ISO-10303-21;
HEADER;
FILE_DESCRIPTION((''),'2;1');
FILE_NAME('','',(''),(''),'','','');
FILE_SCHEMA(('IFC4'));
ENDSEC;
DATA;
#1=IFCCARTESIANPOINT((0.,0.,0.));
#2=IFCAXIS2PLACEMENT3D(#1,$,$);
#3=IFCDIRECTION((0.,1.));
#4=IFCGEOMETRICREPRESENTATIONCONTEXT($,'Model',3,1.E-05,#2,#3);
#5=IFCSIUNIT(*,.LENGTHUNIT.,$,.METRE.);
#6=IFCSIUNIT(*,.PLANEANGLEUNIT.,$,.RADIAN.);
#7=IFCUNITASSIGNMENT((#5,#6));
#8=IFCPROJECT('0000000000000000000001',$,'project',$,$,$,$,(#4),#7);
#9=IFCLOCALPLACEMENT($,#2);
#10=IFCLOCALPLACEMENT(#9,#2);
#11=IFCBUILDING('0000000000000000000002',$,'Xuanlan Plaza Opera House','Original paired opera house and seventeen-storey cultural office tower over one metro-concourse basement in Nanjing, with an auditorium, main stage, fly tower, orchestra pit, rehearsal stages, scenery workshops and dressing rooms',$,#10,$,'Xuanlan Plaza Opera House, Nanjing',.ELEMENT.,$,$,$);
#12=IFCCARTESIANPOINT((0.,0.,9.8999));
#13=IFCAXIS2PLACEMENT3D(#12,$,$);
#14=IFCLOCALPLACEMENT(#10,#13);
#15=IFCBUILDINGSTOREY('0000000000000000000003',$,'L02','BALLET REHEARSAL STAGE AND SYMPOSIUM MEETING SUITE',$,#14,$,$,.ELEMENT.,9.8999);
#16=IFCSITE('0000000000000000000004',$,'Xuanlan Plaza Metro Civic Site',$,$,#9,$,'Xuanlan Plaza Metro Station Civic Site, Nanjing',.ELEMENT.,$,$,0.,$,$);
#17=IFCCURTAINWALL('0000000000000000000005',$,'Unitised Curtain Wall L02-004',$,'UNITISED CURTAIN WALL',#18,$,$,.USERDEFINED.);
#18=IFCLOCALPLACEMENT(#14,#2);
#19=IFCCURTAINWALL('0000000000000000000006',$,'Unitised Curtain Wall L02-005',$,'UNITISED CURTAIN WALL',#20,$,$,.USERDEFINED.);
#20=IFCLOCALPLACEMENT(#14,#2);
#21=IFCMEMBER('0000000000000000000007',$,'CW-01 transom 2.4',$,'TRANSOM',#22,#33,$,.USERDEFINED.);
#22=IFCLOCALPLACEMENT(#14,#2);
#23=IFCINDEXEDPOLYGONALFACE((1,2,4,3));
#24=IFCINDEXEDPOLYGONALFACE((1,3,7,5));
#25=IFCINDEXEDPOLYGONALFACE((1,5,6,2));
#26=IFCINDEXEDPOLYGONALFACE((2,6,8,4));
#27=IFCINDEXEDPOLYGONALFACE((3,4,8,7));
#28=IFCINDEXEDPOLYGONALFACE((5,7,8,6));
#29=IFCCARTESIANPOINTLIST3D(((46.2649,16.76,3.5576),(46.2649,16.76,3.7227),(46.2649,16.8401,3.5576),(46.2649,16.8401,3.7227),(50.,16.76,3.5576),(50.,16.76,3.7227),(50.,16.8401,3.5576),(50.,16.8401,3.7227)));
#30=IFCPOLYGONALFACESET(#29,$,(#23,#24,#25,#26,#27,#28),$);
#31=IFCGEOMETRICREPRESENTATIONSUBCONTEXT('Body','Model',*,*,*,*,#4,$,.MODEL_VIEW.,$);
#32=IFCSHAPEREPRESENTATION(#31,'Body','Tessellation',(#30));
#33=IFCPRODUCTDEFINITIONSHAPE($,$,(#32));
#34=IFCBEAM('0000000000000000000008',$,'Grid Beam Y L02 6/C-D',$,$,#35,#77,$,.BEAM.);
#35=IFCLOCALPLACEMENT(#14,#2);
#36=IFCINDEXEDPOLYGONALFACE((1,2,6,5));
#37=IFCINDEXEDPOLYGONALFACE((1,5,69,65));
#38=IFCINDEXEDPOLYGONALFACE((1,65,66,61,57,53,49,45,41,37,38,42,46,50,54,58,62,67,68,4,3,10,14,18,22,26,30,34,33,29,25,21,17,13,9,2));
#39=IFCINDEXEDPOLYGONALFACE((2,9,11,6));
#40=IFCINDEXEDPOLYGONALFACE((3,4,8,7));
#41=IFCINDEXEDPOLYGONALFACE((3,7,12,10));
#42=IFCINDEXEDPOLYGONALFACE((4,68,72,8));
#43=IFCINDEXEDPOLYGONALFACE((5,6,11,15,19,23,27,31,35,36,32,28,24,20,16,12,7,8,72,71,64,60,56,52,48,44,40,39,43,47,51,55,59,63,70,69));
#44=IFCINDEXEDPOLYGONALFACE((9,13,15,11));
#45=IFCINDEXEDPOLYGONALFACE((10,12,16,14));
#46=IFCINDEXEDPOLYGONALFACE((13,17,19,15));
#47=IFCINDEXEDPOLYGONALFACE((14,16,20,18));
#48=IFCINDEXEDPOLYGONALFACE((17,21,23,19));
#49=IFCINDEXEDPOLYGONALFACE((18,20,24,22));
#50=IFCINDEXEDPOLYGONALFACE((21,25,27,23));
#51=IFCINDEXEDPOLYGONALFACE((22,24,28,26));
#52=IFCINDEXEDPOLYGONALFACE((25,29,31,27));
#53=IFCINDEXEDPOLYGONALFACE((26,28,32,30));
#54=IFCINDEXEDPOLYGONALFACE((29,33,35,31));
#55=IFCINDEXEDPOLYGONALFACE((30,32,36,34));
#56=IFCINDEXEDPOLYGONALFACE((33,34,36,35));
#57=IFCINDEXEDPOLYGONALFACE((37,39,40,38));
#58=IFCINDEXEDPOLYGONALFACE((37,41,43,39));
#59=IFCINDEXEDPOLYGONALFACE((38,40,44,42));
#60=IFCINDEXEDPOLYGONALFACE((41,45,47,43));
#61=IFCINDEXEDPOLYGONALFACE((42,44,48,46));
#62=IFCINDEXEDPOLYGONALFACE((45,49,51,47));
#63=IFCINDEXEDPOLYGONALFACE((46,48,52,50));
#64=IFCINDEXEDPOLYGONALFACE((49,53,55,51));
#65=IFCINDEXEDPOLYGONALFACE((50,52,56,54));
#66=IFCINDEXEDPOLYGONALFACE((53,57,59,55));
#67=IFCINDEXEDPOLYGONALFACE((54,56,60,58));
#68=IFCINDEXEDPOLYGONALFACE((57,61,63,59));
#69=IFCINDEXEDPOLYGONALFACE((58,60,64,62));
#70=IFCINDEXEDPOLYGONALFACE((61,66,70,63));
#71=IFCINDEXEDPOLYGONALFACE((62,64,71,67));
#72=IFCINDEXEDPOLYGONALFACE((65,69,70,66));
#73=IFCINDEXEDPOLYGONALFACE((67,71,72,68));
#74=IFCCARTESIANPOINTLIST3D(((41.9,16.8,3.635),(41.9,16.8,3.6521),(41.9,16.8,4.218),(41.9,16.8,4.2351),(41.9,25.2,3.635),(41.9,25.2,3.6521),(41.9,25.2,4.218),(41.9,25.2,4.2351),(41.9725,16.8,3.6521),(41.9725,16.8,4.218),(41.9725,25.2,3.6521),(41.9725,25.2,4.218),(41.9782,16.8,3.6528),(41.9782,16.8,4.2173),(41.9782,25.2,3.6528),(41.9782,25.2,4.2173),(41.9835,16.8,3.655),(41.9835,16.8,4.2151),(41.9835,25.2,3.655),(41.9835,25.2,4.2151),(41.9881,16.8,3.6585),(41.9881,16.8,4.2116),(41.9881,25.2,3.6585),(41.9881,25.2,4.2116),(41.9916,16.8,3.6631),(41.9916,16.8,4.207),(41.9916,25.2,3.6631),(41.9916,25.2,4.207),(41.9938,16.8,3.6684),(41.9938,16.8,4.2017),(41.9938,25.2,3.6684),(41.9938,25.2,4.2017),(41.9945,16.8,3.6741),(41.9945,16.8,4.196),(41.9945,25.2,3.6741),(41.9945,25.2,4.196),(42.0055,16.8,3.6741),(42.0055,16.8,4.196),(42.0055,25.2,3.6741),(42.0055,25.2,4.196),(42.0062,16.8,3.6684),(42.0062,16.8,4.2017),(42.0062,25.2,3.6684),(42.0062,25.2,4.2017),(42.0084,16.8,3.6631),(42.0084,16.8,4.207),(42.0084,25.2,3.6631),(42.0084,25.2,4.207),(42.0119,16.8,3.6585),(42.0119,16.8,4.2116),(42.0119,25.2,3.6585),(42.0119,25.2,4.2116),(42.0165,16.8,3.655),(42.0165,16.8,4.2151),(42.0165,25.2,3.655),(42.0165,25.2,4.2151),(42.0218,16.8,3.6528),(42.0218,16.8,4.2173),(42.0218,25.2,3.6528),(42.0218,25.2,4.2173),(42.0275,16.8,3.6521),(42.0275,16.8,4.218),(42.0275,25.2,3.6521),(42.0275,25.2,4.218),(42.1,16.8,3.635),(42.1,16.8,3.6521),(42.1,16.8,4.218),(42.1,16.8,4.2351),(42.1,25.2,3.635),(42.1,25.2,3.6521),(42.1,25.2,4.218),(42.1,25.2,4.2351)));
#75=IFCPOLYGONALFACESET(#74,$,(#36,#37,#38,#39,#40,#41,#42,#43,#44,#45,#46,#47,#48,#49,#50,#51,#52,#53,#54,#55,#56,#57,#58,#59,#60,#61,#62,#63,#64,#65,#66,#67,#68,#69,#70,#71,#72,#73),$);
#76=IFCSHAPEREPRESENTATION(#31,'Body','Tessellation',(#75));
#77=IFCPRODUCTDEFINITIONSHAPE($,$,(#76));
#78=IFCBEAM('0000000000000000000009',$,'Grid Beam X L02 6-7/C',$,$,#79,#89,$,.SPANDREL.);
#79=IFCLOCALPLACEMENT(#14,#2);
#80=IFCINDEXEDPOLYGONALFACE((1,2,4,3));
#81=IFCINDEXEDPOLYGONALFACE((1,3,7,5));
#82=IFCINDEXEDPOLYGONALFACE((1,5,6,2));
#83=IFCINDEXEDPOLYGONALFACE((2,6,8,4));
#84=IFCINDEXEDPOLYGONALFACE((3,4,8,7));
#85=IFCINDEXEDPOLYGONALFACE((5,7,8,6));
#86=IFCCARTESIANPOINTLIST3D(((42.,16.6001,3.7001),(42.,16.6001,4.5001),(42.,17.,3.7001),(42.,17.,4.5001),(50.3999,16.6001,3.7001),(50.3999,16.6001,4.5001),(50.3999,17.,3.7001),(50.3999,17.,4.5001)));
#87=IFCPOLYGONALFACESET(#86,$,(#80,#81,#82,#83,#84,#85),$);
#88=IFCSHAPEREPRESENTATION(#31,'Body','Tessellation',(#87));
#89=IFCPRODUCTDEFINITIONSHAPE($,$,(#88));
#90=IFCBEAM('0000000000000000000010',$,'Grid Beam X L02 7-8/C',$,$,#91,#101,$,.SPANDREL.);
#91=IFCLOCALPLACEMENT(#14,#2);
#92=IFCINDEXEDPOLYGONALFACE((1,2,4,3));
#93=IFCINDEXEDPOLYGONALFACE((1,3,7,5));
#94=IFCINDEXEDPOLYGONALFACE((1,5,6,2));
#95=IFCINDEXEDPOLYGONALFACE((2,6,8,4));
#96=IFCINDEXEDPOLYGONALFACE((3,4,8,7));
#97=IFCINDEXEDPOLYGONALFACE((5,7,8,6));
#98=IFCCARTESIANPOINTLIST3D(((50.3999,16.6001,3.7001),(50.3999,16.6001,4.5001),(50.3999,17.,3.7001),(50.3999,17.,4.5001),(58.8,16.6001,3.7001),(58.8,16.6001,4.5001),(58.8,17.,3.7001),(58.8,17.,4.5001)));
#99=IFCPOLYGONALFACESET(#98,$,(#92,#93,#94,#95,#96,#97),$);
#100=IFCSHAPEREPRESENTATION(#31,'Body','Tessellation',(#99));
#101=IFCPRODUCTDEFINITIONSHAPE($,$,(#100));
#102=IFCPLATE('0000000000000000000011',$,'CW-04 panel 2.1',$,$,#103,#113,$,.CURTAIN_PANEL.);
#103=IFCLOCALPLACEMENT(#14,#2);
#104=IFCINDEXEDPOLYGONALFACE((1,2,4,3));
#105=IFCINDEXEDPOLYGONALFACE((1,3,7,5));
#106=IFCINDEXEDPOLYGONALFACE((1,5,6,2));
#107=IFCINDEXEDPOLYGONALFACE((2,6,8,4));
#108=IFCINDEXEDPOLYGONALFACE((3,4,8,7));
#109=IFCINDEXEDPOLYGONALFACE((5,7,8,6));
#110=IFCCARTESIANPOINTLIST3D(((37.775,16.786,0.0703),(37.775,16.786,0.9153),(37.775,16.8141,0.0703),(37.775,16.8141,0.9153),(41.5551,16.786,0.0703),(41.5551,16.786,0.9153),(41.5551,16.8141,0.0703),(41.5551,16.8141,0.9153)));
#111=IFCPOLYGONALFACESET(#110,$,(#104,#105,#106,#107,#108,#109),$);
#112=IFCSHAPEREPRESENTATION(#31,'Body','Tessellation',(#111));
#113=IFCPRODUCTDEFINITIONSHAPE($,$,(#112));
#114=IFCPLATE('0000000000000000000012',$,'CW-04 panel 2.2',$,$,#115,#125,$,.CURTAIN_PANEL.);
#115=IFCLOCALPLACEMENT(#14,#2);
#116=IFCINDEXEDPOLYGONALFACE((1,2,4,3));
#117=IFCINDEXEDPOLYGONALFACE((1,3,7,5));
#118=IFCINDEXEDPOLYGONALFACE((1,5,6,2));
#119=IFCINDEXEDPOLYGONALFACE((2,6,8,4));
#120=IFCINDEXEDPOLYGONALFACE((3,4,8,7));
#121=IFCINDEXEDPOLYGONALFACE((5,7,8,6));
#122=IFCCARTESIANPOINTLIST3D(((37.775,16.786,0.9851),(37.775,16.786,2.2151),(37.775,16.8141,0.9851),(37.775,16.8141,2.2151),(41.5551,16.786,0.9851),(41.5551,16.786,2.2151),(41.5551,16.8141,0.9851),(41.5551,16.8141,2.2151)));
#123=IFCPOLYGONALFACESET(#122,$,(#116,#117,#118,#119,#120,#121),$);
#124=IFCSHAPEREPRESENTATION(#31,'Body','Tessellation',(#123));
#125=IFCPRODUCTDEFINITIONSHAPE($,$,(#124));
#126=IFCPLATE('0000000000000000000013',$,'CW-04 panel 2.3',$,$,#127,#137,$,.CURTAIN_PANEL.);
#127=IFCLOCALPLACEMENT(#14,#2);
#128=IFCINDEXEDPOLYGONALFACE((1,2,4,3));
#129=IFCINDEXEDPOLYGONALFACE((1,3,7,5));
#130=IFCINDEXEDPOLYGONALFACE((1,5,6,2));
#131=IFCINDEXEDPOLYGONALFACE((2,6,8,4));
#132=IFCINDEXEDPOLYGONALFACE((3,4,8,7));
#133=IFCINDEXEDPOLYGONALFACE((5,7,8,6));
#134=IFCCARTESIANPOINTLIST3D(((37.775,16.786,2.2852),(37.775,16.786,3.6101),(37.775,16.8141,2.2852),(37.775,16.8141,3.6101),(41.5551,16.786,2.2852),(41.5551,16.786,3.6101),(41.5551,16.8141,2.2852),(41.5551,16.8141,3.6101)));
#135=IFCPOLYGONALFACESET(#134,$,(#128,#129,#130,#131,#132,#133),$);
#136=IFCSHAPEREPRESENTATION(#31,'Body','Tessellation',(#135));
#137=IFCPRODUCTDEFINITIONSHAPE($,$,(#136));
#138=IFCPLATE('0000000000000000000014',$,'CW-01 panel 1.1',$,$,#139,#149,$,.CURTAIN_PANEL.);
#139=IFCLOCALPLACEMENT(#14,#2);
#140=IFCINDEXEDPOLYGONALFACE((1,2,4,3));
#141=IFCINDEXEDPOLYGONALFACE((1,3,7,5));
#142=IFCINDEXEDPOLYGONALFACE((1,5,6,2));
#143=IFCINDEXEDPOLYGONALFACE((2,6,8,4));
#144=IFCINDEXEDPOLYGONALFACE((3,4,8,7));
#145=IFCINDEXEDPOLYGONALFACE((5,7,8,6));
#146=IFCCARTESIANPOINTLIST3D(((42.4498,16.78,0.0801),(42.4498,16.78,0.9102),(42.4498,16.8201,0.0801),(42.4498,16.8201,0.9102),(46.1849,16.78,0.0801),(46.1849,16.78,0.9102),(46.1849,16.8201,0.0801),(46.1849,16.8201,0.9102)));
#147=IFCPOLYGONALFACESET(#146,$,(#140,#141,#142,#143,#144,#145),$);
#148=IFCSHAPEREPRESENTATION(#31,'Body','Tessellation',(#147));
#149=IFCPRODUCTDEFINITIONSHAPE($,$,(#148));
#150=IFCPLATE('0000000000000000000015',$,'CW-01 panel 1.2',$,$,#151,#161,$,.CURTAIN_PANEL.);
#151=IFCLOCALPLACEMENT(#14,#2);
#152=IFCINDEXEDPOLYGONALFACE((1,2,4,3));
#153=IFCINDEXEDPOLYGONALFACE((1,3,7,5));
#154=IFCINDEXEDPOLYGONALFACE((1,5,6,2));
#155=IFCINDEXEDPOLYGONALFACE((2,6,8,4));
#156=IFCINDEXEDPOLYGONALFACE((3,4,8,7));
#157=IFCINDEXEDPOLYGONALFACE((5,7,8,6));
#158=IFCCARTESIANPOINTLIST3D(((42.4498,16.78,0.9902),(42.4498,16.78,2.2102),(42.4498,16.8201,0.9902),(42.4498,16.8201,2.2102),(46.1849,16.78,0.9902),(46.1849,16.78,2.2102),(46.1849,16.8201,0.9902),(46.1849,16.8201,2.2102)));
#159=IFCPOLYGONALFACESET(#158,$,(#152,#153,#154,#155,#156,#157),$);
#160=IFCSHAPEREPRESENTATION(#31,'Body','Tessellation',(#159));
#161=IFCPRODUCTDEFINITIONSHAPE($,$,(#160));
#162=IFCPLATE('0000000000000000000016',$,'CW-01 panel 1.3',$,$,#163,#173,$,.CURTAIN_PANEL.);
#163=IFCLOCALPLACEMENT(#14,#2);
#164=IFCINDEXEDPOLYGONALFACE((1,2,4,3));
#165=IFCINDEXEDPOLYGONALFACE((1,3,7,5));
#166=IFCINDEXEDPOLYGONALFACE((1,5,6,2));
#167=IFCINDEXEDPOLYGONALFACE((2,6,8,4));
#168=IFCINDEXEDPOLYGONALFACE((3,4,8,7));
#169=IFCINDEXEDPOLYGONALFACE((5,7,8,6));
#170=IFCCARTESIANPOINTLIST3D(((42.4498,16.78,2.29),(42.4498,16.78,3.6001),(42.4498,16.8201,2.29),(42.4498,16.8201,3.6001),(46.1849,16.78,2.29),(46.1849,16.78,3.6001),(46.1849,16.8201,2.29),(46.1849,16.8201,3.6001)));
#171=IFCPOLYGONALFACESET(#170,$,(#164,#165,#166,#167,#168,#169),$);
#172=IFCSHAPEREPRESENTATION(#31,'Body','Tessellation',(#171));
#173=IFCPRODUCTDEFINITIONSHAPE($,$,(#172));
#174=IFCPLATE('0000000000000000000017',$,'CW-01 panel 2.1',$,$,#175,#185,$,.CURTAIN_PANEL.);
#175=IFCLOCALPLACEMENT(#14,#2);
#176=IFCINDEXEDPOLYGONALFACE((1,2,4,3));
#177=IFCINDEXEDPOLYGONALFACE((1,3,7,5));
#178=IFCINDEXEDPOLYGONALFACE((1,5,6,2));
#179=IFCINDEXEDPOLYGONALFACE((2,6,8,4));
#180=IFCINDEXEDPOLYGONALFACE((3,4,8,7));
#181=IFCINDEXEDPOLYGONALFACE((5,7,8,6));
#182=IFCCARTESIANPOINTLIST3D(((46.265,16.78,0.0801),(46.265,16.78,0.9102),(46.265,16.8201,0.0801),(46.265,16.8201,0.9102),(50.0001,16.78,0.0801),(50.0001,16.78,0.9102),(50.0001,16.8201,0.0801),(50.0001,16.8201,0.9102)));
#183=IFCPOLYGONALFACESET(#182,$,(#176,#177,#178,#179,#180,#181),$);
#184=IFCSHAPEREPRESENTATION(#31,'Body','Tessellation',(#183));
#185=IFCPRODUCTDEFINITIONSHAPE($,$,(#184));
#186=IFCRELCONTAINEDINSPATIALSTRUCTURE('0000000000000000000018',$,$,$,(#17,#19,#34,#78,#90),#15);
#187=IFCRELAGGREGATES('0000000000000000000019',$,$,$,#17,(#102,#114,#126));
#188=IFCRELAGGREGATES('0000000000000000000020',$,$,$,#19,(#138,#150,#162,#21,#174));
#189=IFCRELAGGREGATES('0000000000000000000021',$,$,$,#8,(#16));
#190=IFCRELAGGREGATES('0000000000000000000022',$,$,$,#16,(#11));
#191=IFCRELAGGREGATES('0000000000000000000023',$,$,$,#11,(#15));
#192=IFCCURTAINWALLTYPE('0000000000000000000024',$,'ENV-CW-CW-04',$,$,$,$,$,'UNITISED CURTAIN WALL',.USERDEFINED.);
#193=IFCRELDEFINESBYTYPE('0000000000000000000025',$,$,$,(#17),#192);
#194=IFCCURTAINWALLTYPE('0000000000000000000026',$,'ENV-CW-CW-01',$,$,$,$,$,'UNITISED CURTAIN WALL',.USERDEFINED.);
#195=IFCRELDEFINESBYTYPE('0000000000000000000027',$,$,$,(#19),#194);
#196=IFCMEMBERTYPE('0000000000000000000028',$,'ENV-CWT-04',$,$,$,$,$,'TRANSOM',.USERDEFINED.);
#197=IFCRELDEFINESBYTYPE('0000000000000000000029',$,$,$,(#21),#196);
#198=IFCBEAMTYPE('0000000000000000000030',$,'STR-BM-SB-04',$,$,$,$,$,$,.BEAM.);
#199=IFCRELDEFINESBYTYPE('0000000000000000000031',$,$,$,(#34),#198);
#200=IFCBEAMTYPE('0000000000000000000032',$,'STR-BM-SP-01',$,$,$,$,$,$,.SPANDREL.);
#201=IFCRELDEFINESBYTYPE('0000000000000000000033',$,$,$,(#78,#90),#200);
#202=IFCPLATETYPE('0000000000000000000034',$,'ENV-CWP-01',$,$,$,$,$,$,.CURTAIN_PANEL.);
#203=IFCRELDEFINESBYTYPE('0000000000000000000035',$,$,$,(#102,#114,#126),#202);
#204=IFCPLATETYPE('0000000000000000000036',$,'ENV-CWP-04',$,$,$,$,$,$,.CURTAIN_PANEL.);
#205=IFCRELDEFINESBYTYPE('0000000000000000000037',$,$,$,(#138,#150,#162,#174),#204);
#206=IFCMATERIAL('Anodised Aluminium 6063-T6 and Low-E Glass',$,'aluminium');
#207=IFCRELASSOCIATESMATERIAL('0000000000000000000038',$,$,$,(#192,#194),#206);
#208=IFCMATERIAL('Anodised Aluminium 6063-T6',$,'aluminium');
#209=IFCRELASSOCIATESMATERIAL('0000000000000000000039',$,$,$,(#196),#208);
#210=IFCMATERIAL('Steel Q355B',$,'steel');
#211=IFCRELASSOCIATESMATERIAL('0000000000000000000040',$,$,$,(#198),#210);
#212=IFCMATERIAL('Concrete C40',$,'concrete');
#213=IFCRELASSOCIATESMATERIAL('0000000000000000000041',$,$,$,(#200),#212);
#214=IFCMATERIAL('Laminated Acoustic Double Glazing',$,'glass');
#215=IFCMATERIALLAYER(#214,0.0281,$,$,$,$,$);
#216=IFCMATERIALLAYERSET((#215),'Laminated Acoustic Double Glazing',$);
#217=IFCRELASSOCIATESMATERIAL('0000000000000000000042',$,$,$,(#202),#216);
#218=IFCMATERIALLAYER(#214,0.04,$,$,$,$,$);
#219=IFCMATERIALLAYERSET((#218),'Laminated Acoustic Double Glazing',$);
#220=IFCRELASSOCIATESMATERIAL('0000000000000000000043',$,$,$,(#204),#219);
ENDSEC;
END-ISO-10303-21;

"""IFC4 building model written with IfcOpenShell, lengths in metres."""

from ifc_helpers import new_model, si_unit, direction, frame, origin, origin_2d, place, context, subcontext, project, spatial, rectangle, i_section, extrude, material, layer, layer_set, material_profile, profile_set, type_object, element, aggregate, save


model = new_model("IFC4")

# Units and contexts
model_context = context("Model", 3, precision=1e-05, world=origin(), true_north=direction((0.0, 1.0)))
body_context = subcontext(model_context, "Body", "Model", "MODEL_VIEW")
ifc_project = project(units=[si_unit("LENGTHUNIT", "METRE"), si_unit("PLANEANGLEUNIT", "RADIAN")], contexts=[model_context])

# Site, building, storey
site_placement = place(None, origin())
site = spatial("IfcSite", under=ifc_project, at=site_placement, Name="Xuanlan Plaza Metro Civic Site", LongName="Xuanlan Plaza Metro Station Civic Site, Nanjing", CompositionType="ELEMENT", RefElevation=0.0)
building_placement = place(site_placement, origin())
building = spatial("IfcBuilding", under=site, at=building_placement, Name="Xuanlan Plaza Opera House", Description="Original paired opera house and seventeen-storey cultural office tower over one metro-concourse basement in Nanjing, with an auditorium, main stage, fly tower, orchestra pit, rehearsal stages, scenery workshops and dressing rooms", LongName="Xuanlan Plaza Opera House, Nanjing", CompositionType="ELEMENT")
storey_placement = place(building_placement, frame((0.0, 0.0, 9.8999)))
storey = spatial("IfcBuildingStorey", under=building, at=storey_placement, Name="L02", Description="BALLET REHEARSAL STAGE AND SYMPOSIUM MEETING SUITE", CompositionType="ELEMENT", Elevation=9.8999)

# Shared definitions
ifc_material_1 = material(Name="Concrete C40", Category="concrete")

# Curtain wall
ifc_material_2 = material(Name="Anodised Aluminium 6063-T6 and Low-E Glass", Category="aluminium")
curtain_wall_type_1 = type_object("IfcCurtainWallType", Name="ENV-CW-CW-04", ElementType="UNITISED CURTAIN WALL", PredefinedType="USERDEFINED", material=ifc_material_2)
curtain_wall_1_placement = place(storey_placement, origin())
curtain_wall_1 = element("IfcCurtainWall", 1, at=curtain_wall_1_placement, inside=storey, type_object=curtain_wall_type_1, Name="Unitised Curtain Wall L02-004", ObjectType="UNITISED CURTAIN WALL", PredefinedType="USERDEFINED")
ifc_material_3 = material(Name="Anodised Aluminium 6063-T6", Category="aluminium")

# Curtain wall
curtain_wall_type_2 = type_object("IfcCurtainWallType", Name="ENV-CW-CW-01", ElementType="UNITISED CURTAIN WALL", PredefinedType="USERDEFINED", material=ifc_material_2)
curtain_wall_2_placement = place(storey_placement, origin())
curtain_wall_2 = element("IfcCurtainWall", 2, at=curtain_wall_2_placement, inside=storey, type_object=curtain_wall_type_2, Name="Unitised Curtain Wall L02-005", ObjectType="UNITISED CURTAIN WALL", PredefinedType="USERDEFINED")

# Member
ifc_material_profile_1 = material_profile(ifc_material_3, rectangle(XDim=0.0801, YDim=0.165, at=origin_2d()), Name="ALU-T 80x165")
ifc_profile_set_1 = profile_set([ifc_material_profile_1], Name="Anodised Aluminium 6063-T6")
member_type_1 = type_object("IfcMemberType", Name="ENV-CWT-04", ElementType="TRANSOM", PredefinedType="USERDEFINED", material=ifc_profile_set_1)
member_1_placement = place(storey_placement, frame((46.2649, 16.8, 3.6401), z_axis=(1.0, 0.0, 0.0), x_axis=(0.0, 1.0, 0.0)))
member_1 = element("IfcMember", 3, at=member_1_placement, type_object=member_type_1, Name="CW-01 transom 2.4", ObjectType="TRANSOM", PredefinedType="USERDEFINED", context=body_context, shape_type="SweptSolid", body=[
    extrude(rectangle(XDim=0.0801, YDim=0.165, at=origin_2d()), origin(), (0.0, 0.0, 1.0), 3.7351),
])

# Beams
ifc_material_4 = material(Name="Steel Q355B", Category="steel")
ifc_material_profile_2 = material_profile(ifc_material_4, i_section(OverallWidth=0.2, OverallDepth=0.6001, WebThickness=0.011, FlangeThickness=0.0171, FilletRadius=0.022, at=origin_2d()), Name="HN 600x200x11x17")
ifc_profile_set_2 = profile_set([ifc_material_profile_2], Name="Steel Q355B")
beam_type_1 = type_object("IfcBeamType", Name="STR-BM-SB-04", PredefinedType="BEAM", material=ifc_profile_set_2)
beam_1_placement = place(storey_placement, frame((42.0, 16.8, 3.9351), z_axis=(0.0, 1.0, 0.0), x_axis=(-1.0, 0.0, 0.0)))
element("IfcBeam", 4, at=beam_1_placement, inside=storey, type_object=beam_type_1, Name="Grid Beam Y L02 6/C-D", PredefinedType="BEAM", context=body_context, shape_type="SweptSolid", body=[
    extrude(i_section(OverallWidth=0.2, OverallDepth=0.6001, WebThickness=0.011, FlangeThickness=0.0171, FilletRadius=0.022, at=origin_2d()), origin(), (0.0, 0.0, 1.0), 8.3999),
])
ifc_material_profile_3 = material_profile(ifc_material_1, rectangle(XDim=0.3999, YDim=0.8, at=origin_2d()), Name="RC-SPD 400x800")
ifc_profile_set_3 = profile_set([ifc_material_profile_3], Name="Concrete C40")
beam_type_2 = type_object("IfcBeamType", Name="STR-BM-SP-01", PredefinedType="SPANDREL", material=ifc_profile_set_3)
beam_2_placement = place(storey_placement, frame((42.0, 16.8, 4.1001), z_axis=(1.0, 0.0, 0.0), x_axis=(0.0, 1.0, 0.0)))
element("IfcBeam", 5, at=beam_2_placement, inside=storey, type_object=beam_type_2, Name="Grid Beam X L02 6-7/C", PredefinedType="SPANDREL", context=body_context, shape_type="SweptSolid", body=[
    extrude(rectangle(XDim=0.3999, YDim=0.8, at=origin_2d()), origin(), (0.0, 0.0, 1.0), 8.3999),
])
beam_3_placement = place(storey_placement, frame((50.3999, 16.8, 4.1001), z_axis=(1.0, 0.0, 0.0), x_axis=(0.0, 1.0, 0.0)))
element("IfcBeam", 6, at=beam_3_placement, inside=storey, type_object=beam_type_2, Name="Grid Beam X L02 7-8/C", PredefinedType="SPANDREL", context=body_context, shape_type="SweptSolid", body=[
    extrude(rectangle(XDim=0.3999, YDim=0.8, at=origin_2d()), origin(), (0.0, 0.0, 1.0), 8.4001),
])

# Plates
ifc_material_5 = material(Name="Laminated Acoustic Double Glazing", Category="glass")
ifc_layer_1 = layer(ifc_material_5, 0.0281)
ifc_layer_set_1 = layer_set([ifc_layer_1], Name="Laminated Acoustic Double Glazing")
plate_type_1 = type_object("IfcPlateType", Name="ENV-CWP-01", PredefinedType="CURTAIN_PANEL", material=ifc_layer_set_1)
plate_1_placement = place(storey_placement, frame((39.665, 16.8, 0.0703), z_axis=(0.0, 0.0, 1.0), x_axis=(1.0, 0.0, 0.0)))
plate_1 = element("IfcPlate", 7, at=plate_1_placement, type_object=plate_type_1, Name="CW-04 panel 2.1", PredefinedType="CURTAIN_PANEL", context=body_context, shape_type="SweptSolid", body=[
    extrude(rectangle(XDim=3.78, YDim=0.0281, at=origin_2d()), origin(), (0.0, 0.0, 1.0), 0.845),
])
plate_2_placement = place(storey_placement, frame((39.665, 16.8, 0.9851), z_axis=(0.0, 0.0, 1.0), x_axis=(1.0, 0.0, 0.0)))
plate_2 = element("IfcPlate", 8, at=plate_2_placement, type_object=plate_type_1, Name="CW-04 panel 2.2", PredefinedType="CURTAIN_PANEL", context=body_context, shape_type="SweptSolid", body=[
    extrude(rectangle(XDim=3.78, YDim=0.0281, at=origin_2d()), origin(), (0.0, 0.0, 1.0), 1.23),
])
plate_3_placement = place(storey_placement, frame((39.665, 16.8, 2.2852), z_axis=(0.0, 0.0, 1.0), x_axis=(1.0, 0.0, 0.0)))
plate_3 = element("IfcPlate", 9, at=plate_3_placement, type_object=plate_type_1, Name="CW-04 panel 2.3", PredefinedType="CURTAIN_PANEL", context=body_context, shape_type="SweptSolid", body=[
    extrude(rectangle(XDim=3.78, YDim=0.0281, at=origin_2d()), origin(), (0.0, 0.0, 1.0), 1.325),
])
aggregate(curtain_wall_1, [plate_1, plate_2, plate_3])
ifc_layer_2 = layer(ifc_material_5, 0.04)
ifc_layer_set_2 = layer_set([ifc_layer_2], Name="Laminated Acoustic Double Glazing")
plate_type_2 = type_object("IfcPlateType", Name="ENV-CWP-04", PredefinedType="CURTAIN_PANEL", material=ifc_layer_set_2)
plate_4_placement = place(storey_placement, frame((44.3174, 16.8, 0.0801), z_axis=(0.0, 0.0, 1.0), x_axis=(1.0, 0.0, 0.0)))
plate_4 = element("IfcPlate", 10, at=plate_4_placement, type_object=plate_type_2, Name="CW-01 panel 1.1", PredefinedType="CURTAIN_PANEL", context=body_context, shape_type="SweptSolid", body=[
    extrude(rectangle(XDim=3.7351, YDim=0.04, at=origin_2d()), origin(), (0.0, 0.0, 1.0), 0.8301),
])
plate_5_placement = place(storey_placement, frame((44.3174, 16.8, 0.9902), z_axis=(0.0, 0.0, 1.0), x_axis=(1.0, 0.0, 0.0)))
plate_5 = element("IfcPlate", 11, at=plate_5_placement, type_object=plate_type_2, Name="CW-01 panel 1.2", PredefinedType="CURTAIN_PANEL", context=body_context, shape_type="SweptSolid", body=[
    extrude(rectangle(XDim=3.7351, YDim=0.04, at=origin_2d()), origin(), (0.0, 0.0, 1.0), 1.22),
])
plate_6_placement = place(storey_placement, frame((44.3174, 16.8, 2.29), z_axis=(0.0, 0.0, 1.0), x_axis=(1.0, 0.0, 0.0)))
plate_6 = element("IfcPlate", 12, at=plate_6_placement, type_object=plate_type_2, Name="CW-01 panel 1.3", PredefinedType="CURTAIN_PANEL", context=body_context, shape_type="SweptSolid", body=[
    extrude(rectangle(XDim=3.7351, YDim=0.04, at=origin_2d()), origin(), (0.0, 0.0, 1.0), 1.3101),
])
plate_7_placement = place(storey_placement, frame((48.1326, 16.8, 0.0801), z_axis=(0.0, 0.0, 1.0), x_axis=(1.0, 0.0, 0.0)))
plate_7 = element("IfcPlate", 13, at=plate_7_placement, type_object=plate_type_2, Name="CW-01 panel 2.1", PredefinedType="CURTAIN_PANEL", context=body_context, shape_type="SweptSolid", body=[
    extrude(rectangle(XDim=3.7351, YDim=0.04, at=origin_2d()), origin(), (0.0, 0.0, 1.0), 0.8301),
])
aggregate(curtain_wall_2, [plate_4, plate_5, plate_6, member_1, plate_7])

save(model, "model.ifc")
